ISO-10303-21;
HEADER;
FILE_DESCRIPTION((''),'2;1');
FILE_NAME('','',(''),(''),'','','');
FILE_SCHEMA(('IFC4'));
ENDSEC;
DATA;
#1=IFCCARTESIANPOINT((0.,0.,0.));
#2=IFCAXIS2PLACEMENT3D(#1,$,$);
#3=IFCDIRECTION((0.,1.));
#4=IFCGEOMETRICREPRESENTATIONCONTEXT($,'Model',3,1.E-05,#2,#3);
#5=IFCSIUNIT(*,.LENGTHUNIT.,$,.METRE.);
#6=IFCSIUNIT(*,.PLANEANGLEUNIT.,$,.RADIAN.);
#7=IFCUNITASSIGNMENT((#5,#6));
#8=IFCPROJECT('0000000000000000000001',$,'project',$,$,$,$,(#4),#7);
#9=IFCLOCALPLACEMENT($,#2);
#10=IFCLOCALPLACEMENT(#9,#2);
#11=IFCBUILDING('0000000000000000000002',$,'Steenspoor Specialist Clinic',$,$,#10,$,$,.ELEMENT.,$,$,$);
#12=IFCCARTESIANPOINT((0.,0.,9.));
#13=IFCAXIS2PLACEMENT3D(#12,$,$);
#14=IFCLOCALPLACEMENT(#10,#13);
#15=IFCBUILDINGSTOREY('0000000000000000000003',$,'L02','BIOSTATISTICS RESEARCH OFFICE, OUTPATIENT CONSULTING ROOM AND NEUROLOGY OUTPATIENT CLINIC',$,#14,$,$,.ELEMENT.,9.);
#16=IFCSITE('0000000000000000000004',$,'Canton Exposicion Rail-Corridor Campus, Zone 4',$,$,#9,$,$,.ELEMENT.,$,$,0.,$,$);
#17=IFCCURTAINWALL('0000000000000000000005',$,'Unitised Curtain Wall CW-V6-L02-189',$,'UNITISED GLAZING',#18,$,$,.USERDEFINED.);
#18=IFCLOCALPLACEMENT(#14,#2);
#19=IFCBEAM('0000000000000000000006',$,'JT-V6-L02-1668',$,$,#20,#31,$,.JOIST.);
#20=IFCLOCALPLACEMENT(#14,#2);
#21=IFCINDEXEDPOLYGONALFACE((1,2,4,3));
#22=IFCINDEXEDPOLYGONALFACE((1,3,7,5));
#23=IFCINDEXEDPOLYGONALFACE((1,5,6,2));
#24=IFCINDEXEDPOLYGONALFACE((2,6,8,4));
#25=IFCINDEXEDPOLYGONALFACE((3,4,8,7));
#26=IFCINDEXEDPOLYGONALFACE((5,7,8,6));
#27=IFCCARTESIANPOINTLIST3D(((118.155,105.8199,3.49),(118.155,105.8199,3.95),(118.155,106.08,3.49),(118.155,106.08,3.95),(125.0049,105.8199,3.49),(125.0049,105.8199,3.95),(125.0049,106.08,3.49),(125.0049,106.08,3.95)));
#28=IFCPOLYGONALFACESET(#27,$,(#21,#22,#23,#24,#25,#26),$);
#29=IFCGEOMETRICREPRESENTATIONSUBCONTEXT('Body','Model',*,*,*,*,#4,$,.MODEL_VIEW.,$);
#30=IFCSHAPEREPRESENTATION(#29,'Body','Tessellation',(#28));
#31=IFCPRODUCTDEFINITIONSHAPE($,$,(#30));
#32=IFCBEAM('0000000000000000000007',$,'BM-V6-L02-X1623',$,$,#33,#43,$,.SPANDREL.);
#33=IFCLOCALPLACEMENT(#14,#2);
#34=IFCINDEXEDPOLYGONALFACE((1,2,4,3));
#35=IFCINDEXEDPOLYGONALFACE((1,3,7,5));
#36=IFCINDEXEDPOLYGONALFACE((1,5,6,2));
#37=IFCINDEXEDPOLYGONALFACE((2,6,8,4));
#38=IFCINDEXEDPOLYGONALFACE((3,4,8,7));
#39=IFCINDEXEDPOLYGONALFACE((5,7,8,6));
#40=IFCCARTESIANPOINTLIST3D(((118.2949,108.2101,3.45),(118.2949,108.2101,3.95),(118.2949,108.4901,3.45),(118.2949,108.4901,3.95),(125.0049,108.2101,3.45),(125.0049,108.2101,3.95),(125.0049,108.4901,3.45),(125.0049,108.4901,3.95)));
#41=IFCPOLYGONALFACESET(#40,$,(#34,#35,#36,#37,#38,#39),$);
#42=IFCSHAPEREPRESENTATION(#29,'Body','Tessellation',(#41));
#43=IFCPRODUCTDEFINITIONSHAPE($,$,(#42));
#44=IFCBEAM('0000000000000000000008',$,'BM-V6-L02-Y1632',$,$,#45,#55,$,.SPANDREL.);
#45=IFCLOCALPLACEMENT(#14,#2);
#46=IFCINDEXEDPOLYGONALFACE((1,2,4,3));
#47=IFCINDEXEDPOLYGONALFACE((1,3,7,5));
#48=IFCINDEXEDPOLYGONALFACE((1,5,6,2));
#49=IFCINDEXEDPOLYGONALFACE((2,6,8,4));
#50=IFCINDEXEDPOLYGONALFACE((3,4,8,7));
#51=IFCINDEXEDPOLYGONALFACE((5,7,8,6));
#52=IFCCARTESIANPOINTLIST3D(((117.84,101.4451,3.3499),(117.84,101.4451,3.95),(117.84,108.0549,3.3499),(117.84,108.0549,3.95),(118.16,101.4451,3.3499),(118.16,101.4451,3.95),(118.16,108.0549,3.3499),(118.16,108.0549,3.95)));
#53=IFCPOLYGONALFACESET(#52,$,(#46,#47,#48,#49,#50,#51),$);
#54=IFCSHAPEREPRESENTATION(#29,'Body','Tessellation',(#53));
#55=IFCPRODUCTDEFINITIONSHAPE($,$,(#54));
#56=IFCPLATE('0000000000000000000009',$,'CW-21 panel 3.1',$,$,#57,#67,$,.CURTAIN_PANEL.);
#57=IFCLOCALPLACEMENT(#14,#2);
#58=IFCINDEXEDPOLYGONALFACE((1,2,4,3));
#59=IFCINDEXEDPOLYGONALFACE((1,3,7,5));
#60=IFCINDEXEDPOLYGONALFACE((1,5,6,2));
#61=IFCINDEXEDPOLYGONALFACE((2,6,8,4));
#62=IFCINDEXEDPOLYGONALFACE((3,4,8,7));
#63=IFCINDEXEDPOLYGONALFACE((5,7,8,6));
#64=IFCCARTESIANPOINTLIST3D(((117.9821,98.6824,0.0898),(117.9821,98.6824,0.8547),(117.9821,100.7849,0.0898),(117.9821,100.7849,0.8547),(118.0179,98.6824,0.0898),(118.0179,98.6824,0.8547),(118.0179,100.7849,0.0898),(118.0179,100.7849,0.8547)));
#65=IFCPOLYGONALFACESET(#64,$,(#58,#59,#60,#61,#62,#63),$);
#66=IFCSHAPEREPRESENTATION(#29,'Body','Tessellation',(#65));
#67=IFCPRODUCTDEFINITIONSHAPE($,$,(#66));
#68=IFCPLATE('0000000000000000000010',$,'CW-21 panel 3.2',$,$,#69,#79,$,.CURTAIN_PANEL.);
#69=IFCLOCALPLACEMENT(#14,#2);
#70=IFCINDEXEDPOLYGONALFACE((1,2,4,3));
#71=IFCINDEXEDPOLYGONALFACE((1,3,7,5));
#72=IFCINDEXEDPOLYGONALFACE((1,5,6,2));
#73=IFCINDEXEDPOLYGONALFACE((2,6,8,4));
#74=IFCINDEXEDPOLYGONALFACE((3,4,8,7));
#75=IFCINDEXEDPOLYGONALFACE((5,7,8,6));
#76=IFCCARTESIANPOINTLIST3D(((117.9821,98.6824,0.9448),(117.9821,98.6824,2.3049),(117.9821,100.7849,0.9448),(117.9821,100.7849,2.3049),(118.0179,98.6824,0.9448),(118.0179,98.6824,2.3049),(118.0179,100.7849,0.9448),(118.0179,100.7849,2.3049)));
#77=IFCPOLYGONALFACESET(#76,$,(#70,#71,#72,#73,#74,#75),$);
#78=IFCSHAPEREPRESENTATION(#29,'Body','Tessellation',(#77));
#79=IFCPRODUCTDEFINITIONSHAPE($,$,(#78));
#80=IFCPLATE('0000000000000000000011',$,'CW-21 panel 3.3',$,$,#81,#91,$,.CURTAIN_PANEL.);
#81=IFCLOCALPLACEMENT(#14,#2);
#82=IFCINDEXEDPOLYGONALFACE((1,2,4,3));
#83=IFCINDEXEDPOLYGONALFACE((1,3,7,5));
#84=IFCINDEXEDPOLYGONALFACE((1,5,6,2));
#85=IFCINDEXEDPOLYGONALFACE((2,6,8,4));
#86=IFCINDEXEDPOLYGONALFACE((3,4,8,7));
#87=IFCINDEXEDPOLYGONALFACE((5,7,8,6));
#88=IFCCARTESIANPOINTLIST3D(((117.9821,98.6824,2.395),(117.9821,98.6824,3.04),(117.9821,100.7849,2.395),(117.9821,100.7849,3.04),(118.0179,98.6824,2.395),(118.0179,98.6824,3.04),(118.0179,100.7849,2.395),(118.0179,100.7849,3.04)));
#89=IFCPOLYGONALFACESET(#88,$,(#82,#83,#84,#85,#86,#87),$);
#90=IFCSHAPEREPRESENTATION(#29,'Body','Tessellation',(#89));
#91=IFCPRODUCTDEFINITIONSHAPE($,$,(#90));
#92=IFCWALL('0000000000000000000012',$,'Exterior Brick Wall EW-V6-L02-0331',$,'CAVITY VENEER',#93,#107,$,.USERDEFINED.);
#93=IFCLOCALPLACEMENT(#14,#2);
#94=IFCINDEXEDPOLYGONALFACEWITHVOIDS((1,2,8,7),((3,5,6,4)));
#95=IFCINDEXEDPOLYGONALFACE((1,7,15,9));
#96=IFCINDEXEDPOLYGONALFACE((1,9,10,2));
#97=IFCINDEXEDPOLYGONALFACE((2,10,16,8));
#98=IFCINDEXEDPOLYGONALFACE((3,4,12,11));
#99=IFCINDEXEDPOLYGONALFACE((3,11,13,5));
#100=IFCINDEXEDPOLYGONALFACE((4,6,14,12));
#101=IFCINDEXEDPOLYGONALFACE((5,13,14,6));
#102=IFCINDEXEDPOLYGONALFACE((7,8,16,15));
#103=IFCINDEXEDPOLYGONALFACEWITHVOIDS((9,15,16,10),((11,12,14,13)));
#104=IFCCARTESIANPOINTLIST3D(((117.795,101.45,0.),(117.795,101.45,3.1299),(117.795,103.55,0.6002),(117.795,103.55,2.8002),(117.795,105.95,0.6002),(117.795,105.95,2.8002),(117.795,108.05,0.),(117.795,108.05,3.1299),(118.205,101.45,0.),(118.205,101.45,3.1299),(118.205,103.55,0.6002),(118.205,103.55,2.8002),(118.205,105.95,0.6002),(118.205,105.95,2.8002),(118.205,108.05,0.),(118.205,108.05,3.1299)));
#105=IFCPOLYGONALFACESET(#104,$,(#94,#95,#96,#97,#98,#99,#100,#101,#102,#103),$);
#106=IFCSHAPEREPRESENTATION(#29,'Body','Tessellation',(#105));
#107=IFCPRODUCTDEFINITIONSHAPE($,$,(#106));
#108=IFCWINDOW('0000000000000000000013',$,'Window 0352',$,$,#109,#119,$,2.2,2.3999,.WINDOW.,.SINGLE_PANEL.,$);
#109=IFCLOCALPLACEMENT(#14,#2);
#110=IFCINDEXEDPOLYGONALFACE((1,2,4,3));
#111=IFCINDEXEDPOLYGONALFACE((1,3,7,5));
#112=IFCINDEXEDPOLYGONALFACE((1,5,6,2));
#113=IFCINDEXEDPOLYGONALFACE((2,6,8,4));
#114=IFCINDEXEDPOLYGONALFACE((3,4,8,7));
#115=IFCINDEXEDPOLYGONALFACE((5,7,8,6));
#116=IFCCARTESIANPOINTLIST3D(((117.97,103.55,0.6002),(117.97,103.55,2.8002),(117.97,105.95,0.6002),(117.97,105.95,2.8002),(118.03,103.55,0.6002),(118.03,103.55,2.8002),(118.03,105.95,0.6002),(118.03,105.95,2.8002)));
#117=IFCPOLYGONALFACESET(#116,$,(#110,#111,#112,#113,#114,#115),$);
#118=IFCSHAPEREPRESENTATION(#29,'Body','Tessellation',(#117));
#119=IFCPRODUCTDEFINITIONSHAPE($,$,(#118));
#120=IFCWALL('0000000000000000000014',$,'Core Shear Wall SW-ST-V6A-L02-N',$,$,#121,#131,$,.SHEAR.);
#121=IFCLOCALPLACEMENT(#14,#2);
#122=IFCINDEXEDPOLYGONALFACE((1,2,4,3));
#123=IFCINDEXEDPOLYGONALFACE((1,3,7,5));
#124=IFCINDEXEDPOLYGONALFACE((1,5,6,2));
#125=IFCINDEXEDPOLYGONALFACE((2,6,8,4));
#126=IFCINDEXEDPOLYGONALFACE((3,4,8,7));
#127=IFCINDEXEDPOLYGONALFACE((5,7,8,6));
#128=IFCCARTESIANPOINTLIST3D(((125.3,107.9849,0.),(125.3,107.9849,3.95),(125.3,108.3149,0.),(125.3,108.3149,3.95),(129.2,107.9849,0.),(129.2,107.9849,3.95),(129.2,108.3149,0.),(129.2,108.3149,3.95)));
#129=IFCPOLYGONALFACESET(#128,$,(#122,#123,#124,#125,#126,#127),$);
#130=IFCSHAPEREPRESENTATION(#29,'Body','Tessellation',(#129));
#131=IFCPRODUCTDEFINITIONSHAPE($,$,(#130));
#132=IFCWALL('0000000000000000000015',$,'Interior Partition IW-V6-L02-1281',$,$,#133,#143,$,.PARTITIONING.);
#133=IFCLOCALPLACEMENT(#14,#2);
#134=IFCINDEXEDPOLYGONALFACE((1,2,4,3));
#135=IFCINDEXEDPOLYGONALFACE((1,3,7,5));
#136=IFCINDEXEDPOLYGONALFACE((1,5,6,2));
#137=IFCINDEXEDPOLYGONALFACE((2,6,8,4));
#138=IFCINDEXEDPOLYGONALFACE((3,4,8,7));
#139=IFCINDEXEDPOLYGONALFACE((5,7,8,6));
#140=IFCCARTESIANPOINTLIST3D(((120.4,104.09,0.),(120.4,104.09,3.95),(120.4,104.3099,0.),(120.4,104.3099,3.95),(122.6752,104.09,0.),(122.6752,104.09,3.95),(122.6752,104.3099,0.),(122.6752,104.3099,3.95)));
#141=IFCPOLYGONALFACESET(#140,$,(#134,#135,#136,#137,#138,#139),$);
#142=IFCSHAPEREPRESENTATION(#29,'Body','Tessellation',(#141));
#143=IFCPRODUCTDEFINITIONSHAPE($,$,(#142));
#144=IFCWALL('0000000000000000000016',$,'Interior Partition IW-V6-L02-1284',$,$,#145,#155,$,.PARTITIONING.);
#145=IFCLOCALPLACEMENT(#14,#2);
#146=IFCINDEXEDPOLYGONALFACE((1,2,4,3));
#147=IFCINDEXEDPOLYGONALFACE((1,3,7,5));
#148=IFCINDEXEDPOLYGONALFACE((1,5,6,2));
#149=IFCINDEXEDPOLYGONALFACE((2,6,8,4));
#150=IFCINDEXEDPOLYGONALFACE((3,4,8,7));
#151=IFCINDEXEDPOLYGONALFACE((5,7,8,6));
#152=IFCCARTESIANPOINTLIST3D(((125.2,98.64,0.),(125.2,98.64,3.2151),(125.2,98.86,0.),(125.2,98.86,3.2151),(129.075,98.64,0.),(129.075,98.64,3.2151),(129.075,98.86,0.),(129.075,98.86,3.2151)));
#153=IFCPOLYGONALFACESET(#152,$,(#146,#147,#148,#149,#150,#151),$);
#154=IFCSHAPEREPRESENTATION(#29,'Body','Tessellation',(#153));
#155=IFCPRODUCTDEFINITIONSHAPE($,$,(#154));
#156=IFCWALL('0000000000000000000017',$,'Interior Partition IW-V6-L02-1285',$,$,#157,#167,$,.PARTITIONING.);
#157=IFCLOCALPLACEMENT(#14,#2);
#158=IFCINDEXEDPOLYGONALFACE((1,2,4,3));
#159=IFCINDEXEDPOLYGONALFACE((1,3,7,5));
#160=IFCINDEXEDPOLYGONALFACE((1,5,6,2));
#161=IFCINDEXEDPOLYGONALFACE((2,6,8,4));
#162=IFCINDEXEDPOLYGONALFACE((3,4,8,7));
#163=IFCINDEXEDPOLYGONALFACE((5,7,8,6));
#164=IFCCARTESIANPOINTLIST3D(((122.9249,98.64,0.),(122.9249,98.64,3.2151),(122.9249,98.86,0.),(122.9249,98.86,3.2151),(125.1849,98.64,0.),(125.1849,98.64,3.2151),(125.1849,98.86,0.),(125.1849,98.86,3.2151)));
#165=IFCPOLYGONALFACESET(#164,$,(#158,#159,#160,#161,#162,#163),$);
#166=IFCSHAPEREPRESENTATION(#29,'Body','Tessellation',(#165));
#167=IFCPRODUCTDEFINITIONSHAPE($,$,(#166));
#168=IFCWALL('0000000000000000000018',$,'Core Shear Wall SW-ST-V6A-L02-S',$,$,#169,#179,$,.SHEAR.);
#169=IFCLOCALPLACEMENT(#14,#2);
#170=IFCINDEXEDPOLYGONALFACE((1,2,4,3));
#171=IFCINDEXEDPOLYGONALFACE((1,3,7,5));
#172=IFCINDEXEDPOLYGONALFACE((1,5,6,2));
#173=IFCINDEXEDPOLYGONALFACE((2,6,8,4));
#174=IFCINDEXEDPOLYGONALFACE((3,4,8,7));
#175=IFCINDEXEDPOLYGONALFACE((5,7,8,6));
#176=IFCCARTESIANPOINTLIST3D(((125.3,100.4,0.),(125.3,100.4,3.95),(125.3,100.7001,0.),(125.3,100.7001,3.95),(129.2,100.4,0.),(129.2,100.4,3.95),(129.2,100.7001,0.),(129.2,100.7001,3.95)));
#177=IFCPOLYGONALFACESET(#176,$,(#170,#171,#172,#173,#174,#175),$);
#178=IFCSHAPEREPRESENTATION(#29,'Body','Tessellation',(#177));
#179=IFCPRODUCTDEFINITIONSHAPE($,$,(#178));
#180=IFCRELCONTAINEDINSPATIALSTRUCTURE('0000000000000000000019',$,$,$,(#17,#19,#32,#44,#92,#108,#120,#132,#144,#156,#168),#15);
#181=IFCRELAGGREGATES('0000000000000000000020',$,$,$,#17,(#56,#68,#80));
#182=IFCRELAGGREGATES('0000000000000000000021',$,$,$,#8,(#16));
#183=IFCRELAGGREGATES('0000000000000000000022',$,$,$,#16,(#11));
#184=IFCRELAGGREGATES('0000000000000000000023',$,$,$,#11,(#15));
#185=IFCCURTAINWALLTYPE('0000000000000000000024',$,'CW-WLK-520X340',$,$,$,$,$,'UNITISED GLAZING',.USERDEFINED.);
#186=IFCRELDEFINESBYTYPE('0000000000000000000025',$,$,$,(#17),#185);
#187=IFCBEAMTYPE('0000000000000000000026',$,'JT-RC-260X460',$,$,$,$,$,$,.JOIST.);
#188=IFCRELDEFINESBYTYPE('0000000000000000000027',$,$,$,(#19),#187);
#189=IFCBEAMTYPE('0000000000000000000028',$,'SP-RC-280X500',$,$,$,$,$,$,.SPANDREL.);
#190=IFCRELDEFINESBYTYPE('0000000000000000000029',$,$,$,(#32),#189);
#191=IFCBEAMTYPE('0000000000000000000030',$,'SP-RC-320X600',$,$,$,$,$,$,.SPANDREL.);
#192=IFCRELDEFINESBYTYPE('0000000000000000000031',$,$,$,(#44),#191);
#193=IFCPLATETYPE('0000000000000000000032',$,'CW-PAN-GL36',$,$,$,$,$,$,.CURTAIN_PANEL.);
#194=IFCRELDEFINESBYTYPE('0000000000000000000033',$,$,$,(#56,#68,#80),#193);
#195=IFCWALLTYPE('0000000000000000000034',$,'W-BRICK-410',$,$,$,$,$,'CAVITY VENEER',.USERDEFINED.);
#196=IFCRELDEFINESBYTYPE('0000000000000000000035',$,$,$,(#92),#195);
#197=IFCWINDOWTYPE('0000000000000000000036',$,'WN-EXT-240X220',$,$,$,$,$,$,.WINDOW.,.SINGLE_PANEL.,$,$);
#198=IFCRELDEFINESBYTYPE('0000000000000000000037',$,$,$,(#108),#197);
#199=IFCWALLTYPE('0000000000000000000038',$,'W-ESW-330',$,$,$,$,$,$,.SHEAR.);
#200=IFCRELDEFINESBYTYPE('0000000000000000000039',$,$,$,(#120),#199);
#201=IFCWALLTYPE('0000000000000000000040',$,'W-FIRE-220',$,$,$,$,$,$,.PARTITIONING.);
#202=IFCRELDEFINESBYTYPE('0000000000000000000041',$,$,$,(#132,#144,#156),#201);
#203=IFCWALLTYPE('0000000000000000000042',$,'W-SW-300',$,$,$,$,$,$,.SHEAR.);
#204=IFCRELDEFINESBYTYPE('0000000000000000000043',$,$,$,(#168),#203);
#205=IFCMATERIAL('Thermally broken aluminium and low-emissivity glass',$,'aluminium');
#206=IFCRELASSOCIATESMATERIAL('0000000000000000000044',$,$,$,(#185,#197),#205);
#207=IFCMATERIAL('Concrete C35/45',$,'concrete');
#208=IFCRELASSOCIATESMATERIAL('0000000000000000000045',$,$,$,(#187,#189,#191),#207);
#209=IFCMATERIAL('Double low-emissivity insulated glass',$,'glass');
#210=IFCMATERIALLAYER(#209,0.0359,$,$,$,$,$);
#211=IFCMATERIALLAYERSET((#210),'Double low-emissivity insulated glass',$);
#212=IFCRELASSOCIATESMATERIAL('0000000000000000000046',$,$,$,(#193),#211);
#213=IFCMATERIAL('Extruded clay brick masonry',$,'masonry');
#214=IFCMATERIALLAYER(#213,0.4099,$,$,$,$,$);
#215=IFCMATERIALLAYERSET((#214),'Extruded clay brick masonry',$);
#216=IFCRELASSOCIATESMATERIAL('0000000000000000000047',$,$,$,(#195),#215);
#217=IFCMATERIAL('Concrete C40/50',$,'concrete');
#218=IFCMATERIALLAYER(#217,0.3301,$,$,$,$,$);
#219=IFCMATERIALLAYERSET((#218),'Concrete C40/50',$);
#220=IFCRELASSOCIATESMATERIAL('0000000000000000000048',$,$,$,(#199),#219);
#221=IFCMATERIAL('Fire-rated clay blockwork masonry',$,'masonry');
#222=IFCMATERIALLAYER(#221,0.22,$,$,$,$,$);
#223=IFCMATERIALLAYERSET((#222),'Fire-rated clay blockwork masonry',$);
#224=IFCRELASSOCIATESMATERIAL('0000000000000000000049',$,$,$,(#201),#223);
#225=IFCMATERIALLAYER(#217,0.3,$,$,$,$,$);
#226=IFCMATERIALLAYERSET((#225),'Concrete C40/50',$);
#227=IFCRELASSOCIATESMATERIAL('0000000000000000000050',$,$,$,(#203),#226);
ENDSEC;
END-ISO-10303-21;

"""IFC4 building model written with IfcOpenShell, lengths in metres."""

from ifc_helpers import new_model, si_unit, direction, frame, frame_2d, origin, origin_2d, place, context, subcontext, project, spatial, rectangle, extrude, material, layer, layer_set, material_profile, profile_set, type_object, element, fill, aggregate, save


model = new_model("IFC4")

# Units and contexts
model_context = context("Model", 3, precision=1e-05, world=origin(), true_north=direction((0.0, 1.0)))
body_context = subcontext(model_context, "Body", "Model", "MODEL_VIEW")
ifc_project = project(units=[si_unit("LENGTHUNIT", "METRE"), si_unit("PLANEANGLEUNIT", "RADIAN")], contexts=[model_context])

# Site, building, storey
site_placement = place(None, origin())
site = spatial("IfcSite", under=ifc_project, at=site_placement, Name="Canton Exposicion Rail-Corridor Campus, Zone 4", CompositionType="ELEMENT", RefElevation=0.0)
building_placement = place(site_placement, origin())
building = spatial("IfcBuilding", under=site, at=building_placement, Name="Steenspoor Specialist Clinic", CompositionType="ELEMENT")
storey_placement = place(building_placement, frame((0.0, 0.0, 9.0)))
storey = spatial("IfcBuildingStorey", under=building, at=storey_placement, Name="L02", Description="BIOSTATISTICS RESEARCH OFFICE, OUTPATIENT CONSULTING ROOM AND NEUROLOGY OUTPATIENT CLINIC", CompositionType="ELEMENT", Elevation=9.0)

# Shared definitions
ifc_material_1 = material(Name="Concrete C40/50", Category="concrete")

# Shared definitions
ifc_material_2 = material(Name="Concrete C35/45", Category="concrete")

# Curtain wall
ifc_material_3 = material(Name="Thermally broken aluminium and low-emissivity glass", Category="aluminium")
curtain_wall_type_1 = type_object("IfcCurtainWallType", Name="CW-WLK-520X340", ElementType="UNITISED GLAZING", PredefinedType="USERDEFINED", material=ifc_material_3)
curtain_wall_1_placement = place(storey_placement, origin())
curtain_wall_1 = element("IfcCurtainWall", 1, at=curtain_wall_1_placement, inside=storey, type_object=curtain_wall_type_1, Name="Unitised Curtain Wall CW-V6-L02-189", ObjectType="UNITISED GLAZING", PredefinedType="USERDEFINED")

# Beams
ifc_material_profile_1 = material_profile(ifc_material_2, rectangle(XDim=0.26, YDim=0.46, at=origin_2d()), Name="RC-JT-260X460")
ifc_profile_set_1 = profile_set([ifc_material_profile_1], Name="Concrete C35/45")
beam_type_1 = type_object("IfcBeamType", Name="JT-RC-260X460", PredefinedType="JOIST", material=ifc_profile_set_1)
beam_1_placement = place(storey_placement, frame((118.155, 105.95, 3.72), z_axis=(1.0, 0.0, 0.0), x_axis=(0.0, 1.0, 0.0)))
element("IfcBeam", 2, at=beam_1_placement, inside=storey, type_object=beam_type_1, Name="JT-V6-L02-1668", PredefinedType="JOIST", context=body_context, shape_type="SweptSolid", body=[
    extrude(rectangle(XDim=0.26, YDim=0.46, at=origin_2d()), origin(), (0.0, 0.0, 1.0), 6.8499),
])
ifc_material_profile_2 = material_profile(ifc_material_2, rectangle(XDim=0.28, YDim=0.5, at=origin_2d()), Name="RC-SP-280X500")
ifc_profile_set_2 = profile_set([ifc_material_profile_2], Name="Concrete C35/45")
beam_type_2 = type_object("IfcBeamType", Name="SP-RC-280X500", PredefinedType="SPANDREL", material=ifc_profile_set_2)
beam_2_placement = place(storey_placement, frame((118.2949, 108.3501, 3.7), z_axis=(1.0, 0.0, 0.0), x_axis=(0.0, 1.0, 0.0)))
element("IfcBeam", 3, at=beam_2_placement, inside=storey, type_object=beam_type_2, Name="BM-V6-L02-X1623", PredefinedType="SPANDREL", context=body_context, shape_type="SweptSolid", body=[
    extrude(rectangle(XDim=0.28, YDim=0.5, at=origin_2d()), origin(), (0.0, 0.0, 1.0), 6.71),
])
ifc_material_profile_3 = material_profile(ifc_material_2, rectangle(XDim=0.3201, YDim=0.6001, at=origin_2d()), Name="RC-SP-320X600")
ifc_profile_set_3 = profile_set([ifc_material_profile_3], Name="Concrete C35/45")
beam_type_3 = type_object("IfcBeamType", Name="SP-RC-320X600", PredefinedType="SPANDREL", material=ifc_profile_set_3)
beam_3_placement = place(storey_placement, frame((118.0, 101.4451, 3.6499), z_axis=(0.0, 1.0, 0.0), x_axis=(-1.0, 0.0, 0.0)))
element("IfcBeam", 4, at=beam_3_placement, inside=storey, type_object=beam_type_3, Name="BM-V6-L02-Y1632", PredefinedType="SPANDREL", context=body_context, shape_type="SweptSolid", body=[
    extrude(rectangle(XDim=0.3201, YDim=0.6001, at=origin_2d()), origin(), (0.0, 0.0, 1.0), 6.6099),
])

# Plates
ifc_material_4 = material(Name="Double low-emissivity insulated glass", Category="glass")
ifc_layer_1 = layer(ifc_material_4, 0.0359)
ifc_layer_set_1 = layer_set([ifc_layer_1], Name="Double low-emissivity insulated glass")
plate_type = type_object("IfcPlateType", Name="CW-PAN-GL36", PredefinedType="CURTAIN_PANEL", material=ifc_layer_set_1)
plate_1_placement = place(storey_placement, frame((118.0, 99.7336, 0.0898), z_axis=(0.0, 0.0, 1.0), x_axis=(0.0, 1.0, 0.0)))
plate_1 = element("IfcPlate", 5, at=plate_1_placement, type_object=plate_type, Name="CW-21 panel 3.1", PredefinedType="CURTAIN_PANEL", context=body_context, shape_type="SweptSolid", body=[
    extrude(rectangle(XDim=2.1025, YDim=0.0359, at=origin_2d()), origin(), (0.0, 0.0, 1.0), 0.7649),
])
plate_2_placement = place(storey_placement, frame((118.0, 99.7336, 0.9448), z_axis=(0.0, 0.0, 1.0), x_axis=(0.0, 1.0, 0.0)))
plate_2 = element("IfcPlate", 6, at=plate_2_placement, type_object=plate_type, Name="CW-21 panel 3.2", PredefinedType="CURTAIN_PANEL", context=body_context, shape_type="SweptSolid", body=[
    extrude(rectangle(XDim=2.1025, YDim=0.0359, at=origin_2d()), origin(), (0.0, 0.0, 1.0), 1.3601),
])
plate_3_placement = place(storey_placement, frame((118.0, 99.7336, 2.395), z_axis=(0.0, 0.0, 1.0), x_axis=(0.0, 1.0, 0.0)))
plate_3 = element("IfcPlate", 7, at=plate_3_placement, type_object=plate_type, Name="CW-21 panel 3.3", PredefinedType="CURTAIN_PANEL", context=body_context, shape_type="SweptSolid", body=[
    extrude(rectangle(XDim=2.1025, YDim=0.0359, at=origin_2d()), origin(), (0.0, 0.0, 1.0), 0.645),
])
aggregate(curtain_wall_1, [plate_1, plate_2, plate_3])

# Wall, opening, window
ifc_material_5 = material(Name="Extruded clay brick masonry", Category="masonry")
ifc_layer_2 = layer(ifc_material_5, 0.4099)
ifc_layer_set_2 = layer_set([ifc_layer_2], Name="Extruded clay brick masonry")
wall_type_1 = type_object("IfcWallType", Name="W-BRICK-410", ElementType="CAVITY VENEER", PredefinedType="USERDEFINED", material=ifc_layer_set_2)
wall_1_placement = place(storey_placement, frame((118.0, 101.45, 0.0), z_axis=(0.0, 0.0, 1.0), x_axis=(0.0, 1.0, 0.0)))
wall_1 = element("IfcWall", 8, at=wall_1_placement, inside=storey, type_object=wall_type_1, Name="Exterior Brick Wall EW-V6-L02-0331", ObjectType="CAVITY VENEER", PredefinedType="USERDEFINED", context=body_context, shape_type="SweptSolid", body=[
    extrude(rectangle(XDim=6.6001, YDim=0.4099, at=frame_2d((3.3, 0.0))), origin(), (0.0, 0.0, 1.0), 3.1299),
])
opening_placement = place(wall_1_placement, frame((2.1001, 0.0, 0.6001)))
opening = element("IfcOpeningElement", 9, at=opening_placement, cuts=wall_1, PredefinedType="OPENING", context=body_context, shape_type="SweptSolid", body=[
    extrude(rectangle(XDim=2.3999, YDim=2.2, at=frame_2d((1.2, 1.1001))), frame((0.0, 0.2148, 0.0), z_axis=(0.0, -1.0, 0.0), x_axis=(1.0, 0.0, 0.0)), (0.0, 0.0, 1.0), 0.4299),
])
window_type = type_object("IfcWindowType", Name="WN-EXT-240X220", PartitioningType="SINGLE_PANEL", PredefinedType="WINDOW", material=ifc_material_3)
window_placement = place(opening_placement, origin())
window = element("IfcWindow", 10, at=window_placement, inside=storey, type_object=window_type, Name="Window 0352", OverallHeight=2.2, OverallWidth=2.3999, PartitioningType="SINGLE_PANEL", PredefinedType="WINDOW", context=body_context, shape_type="SweptSolid", body=[
    extrude(rectangle(XDim=2.3999, YDim=2.2, at=frame_2d((1.2, 1.1001))), frame((0.0, 0.03, 0.0), z_axis=(0.0, -1.0, 0.0), x_axis=(1.0, 0.0, 0.0)), (0.0, 0.0, 1.0), 0.0601),
])
fill(opening, window)

# Walls
ifc_layer_3 = layer(ifc_material_1, 0.3301)
ifc_layer_set_3 = layer_set([ifc_layer_3], Name="Concrete C40/50")
wall_type_2 = type_object("IfcWallType", Name="W-ESW-330", PredefinedType="SHEAR", material=ifc_layer_set_3)
wall_2_placement = place(storey_placement, frame((125.3, 108.1499, 0.0), z_axis=(0.0, 0.0, 1.0), x_axis=(1.0, 0.0, 0.0)))
element("IfcWall", 11, at=wall_2_placement, inside=storey, type_object=wall_type_2, Name="Core Shear Wall SW-ST-V6A-L02-N", PredefinedType="SHEAR", context=body_context, shape_type="SweptSolid", body=[
    extrude(rectangle(XDim=3.8999, YDim=0.3301, at=frame_2d((1.95, 0.0))), origin(), (0.0, 0.0, 1.0), 3.95),
])
ifc_material_6 = material(Name="Fire-rated clay blockwork masonry", Category="masonry")
ifc_layer_4 = layer(ifc_material_6, 0.22)
ifc_layer_set_4 = layer_set([ifc_layer_4], Name="Fire-rated clay blockwork masonry")
wall_type_3 = type_object("IfcWallType", Name="W-FIRE-220", PredefinedType="PARTITIONING", material=ifc_layer_set_4)
wall_3_placement = place(storey_placement, frame((120.3999, 104.2, 0.0), z_axis=(0.0, 0.0, 1.0), x_axis=(1.0, 0.0, 0.0)))
element("IfcWall", 12, at=wall_3_placement, inside=storey, type_object=wall_type_3, Name="Interior Partition IW-V6-L02-1281", PredefinedType="PARTITIONING", context=body_context, shape_type="SweptSolid", body=[
    extrude(rectangle(XDim=2.2751, YDim=0.22, at=frame_2d((1.1377, 0.0))), origin(), (0.0, 0.0, 1.0), 3.95),
])
wall_4_placement = place(storey_placement, frame((125.2, 98.75, 0.0), z_axis=(0.0, 0.0, 1.0), x_axis=(1.0, 0.0, 0.0)))
element("IfcWall", 13, at=wall_4_placement, inside=storey, type_object=wall_type_3, Name="Interior Partition IW-V6-L02-1284", PredefinedType="PARTITIONING", context=body_context, shape_type="SweptSolid", body=[
    extrude(rectangle(XDim=3.875, YDim=0.22, at=frame_2d((1.9375, 0.0))), origin(), (0.0, 0.0, 1.0), 3.2151),
])
wall_5_placement = place(storey_placement, frame((122.925, 98.75, 0.0), z_axis=(0.0, 0.0, 1.0), x_axis=(1.0, 0.0, 0.0)))
element("IfcWall", 14, at=wall_5_placement, inside=storey, type_object=wall_type_3, Name="Interior Partition IW-V6-L02-1285", PredefinedType="PARTITIONING", context=body_context, shape_type="SweptSolid", body=[
    extrude(rectangle(XDim=2.26, YDim=0.22, at=frame_2d((1.1299, 0.0))), origin(), (0.0, 0.0, 1.0), 3.2151),
])
ifc_layer_5 = layer(ifc_material_1, 0.3)
ifc_layer_set_5 = layer_set([ifc_layer_5], Name="Concrete C40/50")
wall_type_4 = type_object("IfcWallType", Name="W-SW-300", PredefinedType="SHEAR", material=ifc_layer_set_5)
wall_6_placement = place(storey_placement, frame((125.3, 100.55, 0.0), z_axis=(0.0, 0.0, 1.0), x_axis=(1.0, 0.0, 0.0)))
element("IfcWall", 15, at=wall_6_placement, inside=storey, type_object=wall_type_4, Name="Core Shear Wall SW-ST-V6A-L02-S", PredefinedType="SHEAR", context=body_context, shape_type="SweptSolid", body=[
    extrude(rectangle(XDim=3.8999, YDim=0.3, at=frame_2d((1.95, 0.0))), origin(), (0.0, 0.0, 1.0), 3.95),
])

save(model, "model.ifc")
